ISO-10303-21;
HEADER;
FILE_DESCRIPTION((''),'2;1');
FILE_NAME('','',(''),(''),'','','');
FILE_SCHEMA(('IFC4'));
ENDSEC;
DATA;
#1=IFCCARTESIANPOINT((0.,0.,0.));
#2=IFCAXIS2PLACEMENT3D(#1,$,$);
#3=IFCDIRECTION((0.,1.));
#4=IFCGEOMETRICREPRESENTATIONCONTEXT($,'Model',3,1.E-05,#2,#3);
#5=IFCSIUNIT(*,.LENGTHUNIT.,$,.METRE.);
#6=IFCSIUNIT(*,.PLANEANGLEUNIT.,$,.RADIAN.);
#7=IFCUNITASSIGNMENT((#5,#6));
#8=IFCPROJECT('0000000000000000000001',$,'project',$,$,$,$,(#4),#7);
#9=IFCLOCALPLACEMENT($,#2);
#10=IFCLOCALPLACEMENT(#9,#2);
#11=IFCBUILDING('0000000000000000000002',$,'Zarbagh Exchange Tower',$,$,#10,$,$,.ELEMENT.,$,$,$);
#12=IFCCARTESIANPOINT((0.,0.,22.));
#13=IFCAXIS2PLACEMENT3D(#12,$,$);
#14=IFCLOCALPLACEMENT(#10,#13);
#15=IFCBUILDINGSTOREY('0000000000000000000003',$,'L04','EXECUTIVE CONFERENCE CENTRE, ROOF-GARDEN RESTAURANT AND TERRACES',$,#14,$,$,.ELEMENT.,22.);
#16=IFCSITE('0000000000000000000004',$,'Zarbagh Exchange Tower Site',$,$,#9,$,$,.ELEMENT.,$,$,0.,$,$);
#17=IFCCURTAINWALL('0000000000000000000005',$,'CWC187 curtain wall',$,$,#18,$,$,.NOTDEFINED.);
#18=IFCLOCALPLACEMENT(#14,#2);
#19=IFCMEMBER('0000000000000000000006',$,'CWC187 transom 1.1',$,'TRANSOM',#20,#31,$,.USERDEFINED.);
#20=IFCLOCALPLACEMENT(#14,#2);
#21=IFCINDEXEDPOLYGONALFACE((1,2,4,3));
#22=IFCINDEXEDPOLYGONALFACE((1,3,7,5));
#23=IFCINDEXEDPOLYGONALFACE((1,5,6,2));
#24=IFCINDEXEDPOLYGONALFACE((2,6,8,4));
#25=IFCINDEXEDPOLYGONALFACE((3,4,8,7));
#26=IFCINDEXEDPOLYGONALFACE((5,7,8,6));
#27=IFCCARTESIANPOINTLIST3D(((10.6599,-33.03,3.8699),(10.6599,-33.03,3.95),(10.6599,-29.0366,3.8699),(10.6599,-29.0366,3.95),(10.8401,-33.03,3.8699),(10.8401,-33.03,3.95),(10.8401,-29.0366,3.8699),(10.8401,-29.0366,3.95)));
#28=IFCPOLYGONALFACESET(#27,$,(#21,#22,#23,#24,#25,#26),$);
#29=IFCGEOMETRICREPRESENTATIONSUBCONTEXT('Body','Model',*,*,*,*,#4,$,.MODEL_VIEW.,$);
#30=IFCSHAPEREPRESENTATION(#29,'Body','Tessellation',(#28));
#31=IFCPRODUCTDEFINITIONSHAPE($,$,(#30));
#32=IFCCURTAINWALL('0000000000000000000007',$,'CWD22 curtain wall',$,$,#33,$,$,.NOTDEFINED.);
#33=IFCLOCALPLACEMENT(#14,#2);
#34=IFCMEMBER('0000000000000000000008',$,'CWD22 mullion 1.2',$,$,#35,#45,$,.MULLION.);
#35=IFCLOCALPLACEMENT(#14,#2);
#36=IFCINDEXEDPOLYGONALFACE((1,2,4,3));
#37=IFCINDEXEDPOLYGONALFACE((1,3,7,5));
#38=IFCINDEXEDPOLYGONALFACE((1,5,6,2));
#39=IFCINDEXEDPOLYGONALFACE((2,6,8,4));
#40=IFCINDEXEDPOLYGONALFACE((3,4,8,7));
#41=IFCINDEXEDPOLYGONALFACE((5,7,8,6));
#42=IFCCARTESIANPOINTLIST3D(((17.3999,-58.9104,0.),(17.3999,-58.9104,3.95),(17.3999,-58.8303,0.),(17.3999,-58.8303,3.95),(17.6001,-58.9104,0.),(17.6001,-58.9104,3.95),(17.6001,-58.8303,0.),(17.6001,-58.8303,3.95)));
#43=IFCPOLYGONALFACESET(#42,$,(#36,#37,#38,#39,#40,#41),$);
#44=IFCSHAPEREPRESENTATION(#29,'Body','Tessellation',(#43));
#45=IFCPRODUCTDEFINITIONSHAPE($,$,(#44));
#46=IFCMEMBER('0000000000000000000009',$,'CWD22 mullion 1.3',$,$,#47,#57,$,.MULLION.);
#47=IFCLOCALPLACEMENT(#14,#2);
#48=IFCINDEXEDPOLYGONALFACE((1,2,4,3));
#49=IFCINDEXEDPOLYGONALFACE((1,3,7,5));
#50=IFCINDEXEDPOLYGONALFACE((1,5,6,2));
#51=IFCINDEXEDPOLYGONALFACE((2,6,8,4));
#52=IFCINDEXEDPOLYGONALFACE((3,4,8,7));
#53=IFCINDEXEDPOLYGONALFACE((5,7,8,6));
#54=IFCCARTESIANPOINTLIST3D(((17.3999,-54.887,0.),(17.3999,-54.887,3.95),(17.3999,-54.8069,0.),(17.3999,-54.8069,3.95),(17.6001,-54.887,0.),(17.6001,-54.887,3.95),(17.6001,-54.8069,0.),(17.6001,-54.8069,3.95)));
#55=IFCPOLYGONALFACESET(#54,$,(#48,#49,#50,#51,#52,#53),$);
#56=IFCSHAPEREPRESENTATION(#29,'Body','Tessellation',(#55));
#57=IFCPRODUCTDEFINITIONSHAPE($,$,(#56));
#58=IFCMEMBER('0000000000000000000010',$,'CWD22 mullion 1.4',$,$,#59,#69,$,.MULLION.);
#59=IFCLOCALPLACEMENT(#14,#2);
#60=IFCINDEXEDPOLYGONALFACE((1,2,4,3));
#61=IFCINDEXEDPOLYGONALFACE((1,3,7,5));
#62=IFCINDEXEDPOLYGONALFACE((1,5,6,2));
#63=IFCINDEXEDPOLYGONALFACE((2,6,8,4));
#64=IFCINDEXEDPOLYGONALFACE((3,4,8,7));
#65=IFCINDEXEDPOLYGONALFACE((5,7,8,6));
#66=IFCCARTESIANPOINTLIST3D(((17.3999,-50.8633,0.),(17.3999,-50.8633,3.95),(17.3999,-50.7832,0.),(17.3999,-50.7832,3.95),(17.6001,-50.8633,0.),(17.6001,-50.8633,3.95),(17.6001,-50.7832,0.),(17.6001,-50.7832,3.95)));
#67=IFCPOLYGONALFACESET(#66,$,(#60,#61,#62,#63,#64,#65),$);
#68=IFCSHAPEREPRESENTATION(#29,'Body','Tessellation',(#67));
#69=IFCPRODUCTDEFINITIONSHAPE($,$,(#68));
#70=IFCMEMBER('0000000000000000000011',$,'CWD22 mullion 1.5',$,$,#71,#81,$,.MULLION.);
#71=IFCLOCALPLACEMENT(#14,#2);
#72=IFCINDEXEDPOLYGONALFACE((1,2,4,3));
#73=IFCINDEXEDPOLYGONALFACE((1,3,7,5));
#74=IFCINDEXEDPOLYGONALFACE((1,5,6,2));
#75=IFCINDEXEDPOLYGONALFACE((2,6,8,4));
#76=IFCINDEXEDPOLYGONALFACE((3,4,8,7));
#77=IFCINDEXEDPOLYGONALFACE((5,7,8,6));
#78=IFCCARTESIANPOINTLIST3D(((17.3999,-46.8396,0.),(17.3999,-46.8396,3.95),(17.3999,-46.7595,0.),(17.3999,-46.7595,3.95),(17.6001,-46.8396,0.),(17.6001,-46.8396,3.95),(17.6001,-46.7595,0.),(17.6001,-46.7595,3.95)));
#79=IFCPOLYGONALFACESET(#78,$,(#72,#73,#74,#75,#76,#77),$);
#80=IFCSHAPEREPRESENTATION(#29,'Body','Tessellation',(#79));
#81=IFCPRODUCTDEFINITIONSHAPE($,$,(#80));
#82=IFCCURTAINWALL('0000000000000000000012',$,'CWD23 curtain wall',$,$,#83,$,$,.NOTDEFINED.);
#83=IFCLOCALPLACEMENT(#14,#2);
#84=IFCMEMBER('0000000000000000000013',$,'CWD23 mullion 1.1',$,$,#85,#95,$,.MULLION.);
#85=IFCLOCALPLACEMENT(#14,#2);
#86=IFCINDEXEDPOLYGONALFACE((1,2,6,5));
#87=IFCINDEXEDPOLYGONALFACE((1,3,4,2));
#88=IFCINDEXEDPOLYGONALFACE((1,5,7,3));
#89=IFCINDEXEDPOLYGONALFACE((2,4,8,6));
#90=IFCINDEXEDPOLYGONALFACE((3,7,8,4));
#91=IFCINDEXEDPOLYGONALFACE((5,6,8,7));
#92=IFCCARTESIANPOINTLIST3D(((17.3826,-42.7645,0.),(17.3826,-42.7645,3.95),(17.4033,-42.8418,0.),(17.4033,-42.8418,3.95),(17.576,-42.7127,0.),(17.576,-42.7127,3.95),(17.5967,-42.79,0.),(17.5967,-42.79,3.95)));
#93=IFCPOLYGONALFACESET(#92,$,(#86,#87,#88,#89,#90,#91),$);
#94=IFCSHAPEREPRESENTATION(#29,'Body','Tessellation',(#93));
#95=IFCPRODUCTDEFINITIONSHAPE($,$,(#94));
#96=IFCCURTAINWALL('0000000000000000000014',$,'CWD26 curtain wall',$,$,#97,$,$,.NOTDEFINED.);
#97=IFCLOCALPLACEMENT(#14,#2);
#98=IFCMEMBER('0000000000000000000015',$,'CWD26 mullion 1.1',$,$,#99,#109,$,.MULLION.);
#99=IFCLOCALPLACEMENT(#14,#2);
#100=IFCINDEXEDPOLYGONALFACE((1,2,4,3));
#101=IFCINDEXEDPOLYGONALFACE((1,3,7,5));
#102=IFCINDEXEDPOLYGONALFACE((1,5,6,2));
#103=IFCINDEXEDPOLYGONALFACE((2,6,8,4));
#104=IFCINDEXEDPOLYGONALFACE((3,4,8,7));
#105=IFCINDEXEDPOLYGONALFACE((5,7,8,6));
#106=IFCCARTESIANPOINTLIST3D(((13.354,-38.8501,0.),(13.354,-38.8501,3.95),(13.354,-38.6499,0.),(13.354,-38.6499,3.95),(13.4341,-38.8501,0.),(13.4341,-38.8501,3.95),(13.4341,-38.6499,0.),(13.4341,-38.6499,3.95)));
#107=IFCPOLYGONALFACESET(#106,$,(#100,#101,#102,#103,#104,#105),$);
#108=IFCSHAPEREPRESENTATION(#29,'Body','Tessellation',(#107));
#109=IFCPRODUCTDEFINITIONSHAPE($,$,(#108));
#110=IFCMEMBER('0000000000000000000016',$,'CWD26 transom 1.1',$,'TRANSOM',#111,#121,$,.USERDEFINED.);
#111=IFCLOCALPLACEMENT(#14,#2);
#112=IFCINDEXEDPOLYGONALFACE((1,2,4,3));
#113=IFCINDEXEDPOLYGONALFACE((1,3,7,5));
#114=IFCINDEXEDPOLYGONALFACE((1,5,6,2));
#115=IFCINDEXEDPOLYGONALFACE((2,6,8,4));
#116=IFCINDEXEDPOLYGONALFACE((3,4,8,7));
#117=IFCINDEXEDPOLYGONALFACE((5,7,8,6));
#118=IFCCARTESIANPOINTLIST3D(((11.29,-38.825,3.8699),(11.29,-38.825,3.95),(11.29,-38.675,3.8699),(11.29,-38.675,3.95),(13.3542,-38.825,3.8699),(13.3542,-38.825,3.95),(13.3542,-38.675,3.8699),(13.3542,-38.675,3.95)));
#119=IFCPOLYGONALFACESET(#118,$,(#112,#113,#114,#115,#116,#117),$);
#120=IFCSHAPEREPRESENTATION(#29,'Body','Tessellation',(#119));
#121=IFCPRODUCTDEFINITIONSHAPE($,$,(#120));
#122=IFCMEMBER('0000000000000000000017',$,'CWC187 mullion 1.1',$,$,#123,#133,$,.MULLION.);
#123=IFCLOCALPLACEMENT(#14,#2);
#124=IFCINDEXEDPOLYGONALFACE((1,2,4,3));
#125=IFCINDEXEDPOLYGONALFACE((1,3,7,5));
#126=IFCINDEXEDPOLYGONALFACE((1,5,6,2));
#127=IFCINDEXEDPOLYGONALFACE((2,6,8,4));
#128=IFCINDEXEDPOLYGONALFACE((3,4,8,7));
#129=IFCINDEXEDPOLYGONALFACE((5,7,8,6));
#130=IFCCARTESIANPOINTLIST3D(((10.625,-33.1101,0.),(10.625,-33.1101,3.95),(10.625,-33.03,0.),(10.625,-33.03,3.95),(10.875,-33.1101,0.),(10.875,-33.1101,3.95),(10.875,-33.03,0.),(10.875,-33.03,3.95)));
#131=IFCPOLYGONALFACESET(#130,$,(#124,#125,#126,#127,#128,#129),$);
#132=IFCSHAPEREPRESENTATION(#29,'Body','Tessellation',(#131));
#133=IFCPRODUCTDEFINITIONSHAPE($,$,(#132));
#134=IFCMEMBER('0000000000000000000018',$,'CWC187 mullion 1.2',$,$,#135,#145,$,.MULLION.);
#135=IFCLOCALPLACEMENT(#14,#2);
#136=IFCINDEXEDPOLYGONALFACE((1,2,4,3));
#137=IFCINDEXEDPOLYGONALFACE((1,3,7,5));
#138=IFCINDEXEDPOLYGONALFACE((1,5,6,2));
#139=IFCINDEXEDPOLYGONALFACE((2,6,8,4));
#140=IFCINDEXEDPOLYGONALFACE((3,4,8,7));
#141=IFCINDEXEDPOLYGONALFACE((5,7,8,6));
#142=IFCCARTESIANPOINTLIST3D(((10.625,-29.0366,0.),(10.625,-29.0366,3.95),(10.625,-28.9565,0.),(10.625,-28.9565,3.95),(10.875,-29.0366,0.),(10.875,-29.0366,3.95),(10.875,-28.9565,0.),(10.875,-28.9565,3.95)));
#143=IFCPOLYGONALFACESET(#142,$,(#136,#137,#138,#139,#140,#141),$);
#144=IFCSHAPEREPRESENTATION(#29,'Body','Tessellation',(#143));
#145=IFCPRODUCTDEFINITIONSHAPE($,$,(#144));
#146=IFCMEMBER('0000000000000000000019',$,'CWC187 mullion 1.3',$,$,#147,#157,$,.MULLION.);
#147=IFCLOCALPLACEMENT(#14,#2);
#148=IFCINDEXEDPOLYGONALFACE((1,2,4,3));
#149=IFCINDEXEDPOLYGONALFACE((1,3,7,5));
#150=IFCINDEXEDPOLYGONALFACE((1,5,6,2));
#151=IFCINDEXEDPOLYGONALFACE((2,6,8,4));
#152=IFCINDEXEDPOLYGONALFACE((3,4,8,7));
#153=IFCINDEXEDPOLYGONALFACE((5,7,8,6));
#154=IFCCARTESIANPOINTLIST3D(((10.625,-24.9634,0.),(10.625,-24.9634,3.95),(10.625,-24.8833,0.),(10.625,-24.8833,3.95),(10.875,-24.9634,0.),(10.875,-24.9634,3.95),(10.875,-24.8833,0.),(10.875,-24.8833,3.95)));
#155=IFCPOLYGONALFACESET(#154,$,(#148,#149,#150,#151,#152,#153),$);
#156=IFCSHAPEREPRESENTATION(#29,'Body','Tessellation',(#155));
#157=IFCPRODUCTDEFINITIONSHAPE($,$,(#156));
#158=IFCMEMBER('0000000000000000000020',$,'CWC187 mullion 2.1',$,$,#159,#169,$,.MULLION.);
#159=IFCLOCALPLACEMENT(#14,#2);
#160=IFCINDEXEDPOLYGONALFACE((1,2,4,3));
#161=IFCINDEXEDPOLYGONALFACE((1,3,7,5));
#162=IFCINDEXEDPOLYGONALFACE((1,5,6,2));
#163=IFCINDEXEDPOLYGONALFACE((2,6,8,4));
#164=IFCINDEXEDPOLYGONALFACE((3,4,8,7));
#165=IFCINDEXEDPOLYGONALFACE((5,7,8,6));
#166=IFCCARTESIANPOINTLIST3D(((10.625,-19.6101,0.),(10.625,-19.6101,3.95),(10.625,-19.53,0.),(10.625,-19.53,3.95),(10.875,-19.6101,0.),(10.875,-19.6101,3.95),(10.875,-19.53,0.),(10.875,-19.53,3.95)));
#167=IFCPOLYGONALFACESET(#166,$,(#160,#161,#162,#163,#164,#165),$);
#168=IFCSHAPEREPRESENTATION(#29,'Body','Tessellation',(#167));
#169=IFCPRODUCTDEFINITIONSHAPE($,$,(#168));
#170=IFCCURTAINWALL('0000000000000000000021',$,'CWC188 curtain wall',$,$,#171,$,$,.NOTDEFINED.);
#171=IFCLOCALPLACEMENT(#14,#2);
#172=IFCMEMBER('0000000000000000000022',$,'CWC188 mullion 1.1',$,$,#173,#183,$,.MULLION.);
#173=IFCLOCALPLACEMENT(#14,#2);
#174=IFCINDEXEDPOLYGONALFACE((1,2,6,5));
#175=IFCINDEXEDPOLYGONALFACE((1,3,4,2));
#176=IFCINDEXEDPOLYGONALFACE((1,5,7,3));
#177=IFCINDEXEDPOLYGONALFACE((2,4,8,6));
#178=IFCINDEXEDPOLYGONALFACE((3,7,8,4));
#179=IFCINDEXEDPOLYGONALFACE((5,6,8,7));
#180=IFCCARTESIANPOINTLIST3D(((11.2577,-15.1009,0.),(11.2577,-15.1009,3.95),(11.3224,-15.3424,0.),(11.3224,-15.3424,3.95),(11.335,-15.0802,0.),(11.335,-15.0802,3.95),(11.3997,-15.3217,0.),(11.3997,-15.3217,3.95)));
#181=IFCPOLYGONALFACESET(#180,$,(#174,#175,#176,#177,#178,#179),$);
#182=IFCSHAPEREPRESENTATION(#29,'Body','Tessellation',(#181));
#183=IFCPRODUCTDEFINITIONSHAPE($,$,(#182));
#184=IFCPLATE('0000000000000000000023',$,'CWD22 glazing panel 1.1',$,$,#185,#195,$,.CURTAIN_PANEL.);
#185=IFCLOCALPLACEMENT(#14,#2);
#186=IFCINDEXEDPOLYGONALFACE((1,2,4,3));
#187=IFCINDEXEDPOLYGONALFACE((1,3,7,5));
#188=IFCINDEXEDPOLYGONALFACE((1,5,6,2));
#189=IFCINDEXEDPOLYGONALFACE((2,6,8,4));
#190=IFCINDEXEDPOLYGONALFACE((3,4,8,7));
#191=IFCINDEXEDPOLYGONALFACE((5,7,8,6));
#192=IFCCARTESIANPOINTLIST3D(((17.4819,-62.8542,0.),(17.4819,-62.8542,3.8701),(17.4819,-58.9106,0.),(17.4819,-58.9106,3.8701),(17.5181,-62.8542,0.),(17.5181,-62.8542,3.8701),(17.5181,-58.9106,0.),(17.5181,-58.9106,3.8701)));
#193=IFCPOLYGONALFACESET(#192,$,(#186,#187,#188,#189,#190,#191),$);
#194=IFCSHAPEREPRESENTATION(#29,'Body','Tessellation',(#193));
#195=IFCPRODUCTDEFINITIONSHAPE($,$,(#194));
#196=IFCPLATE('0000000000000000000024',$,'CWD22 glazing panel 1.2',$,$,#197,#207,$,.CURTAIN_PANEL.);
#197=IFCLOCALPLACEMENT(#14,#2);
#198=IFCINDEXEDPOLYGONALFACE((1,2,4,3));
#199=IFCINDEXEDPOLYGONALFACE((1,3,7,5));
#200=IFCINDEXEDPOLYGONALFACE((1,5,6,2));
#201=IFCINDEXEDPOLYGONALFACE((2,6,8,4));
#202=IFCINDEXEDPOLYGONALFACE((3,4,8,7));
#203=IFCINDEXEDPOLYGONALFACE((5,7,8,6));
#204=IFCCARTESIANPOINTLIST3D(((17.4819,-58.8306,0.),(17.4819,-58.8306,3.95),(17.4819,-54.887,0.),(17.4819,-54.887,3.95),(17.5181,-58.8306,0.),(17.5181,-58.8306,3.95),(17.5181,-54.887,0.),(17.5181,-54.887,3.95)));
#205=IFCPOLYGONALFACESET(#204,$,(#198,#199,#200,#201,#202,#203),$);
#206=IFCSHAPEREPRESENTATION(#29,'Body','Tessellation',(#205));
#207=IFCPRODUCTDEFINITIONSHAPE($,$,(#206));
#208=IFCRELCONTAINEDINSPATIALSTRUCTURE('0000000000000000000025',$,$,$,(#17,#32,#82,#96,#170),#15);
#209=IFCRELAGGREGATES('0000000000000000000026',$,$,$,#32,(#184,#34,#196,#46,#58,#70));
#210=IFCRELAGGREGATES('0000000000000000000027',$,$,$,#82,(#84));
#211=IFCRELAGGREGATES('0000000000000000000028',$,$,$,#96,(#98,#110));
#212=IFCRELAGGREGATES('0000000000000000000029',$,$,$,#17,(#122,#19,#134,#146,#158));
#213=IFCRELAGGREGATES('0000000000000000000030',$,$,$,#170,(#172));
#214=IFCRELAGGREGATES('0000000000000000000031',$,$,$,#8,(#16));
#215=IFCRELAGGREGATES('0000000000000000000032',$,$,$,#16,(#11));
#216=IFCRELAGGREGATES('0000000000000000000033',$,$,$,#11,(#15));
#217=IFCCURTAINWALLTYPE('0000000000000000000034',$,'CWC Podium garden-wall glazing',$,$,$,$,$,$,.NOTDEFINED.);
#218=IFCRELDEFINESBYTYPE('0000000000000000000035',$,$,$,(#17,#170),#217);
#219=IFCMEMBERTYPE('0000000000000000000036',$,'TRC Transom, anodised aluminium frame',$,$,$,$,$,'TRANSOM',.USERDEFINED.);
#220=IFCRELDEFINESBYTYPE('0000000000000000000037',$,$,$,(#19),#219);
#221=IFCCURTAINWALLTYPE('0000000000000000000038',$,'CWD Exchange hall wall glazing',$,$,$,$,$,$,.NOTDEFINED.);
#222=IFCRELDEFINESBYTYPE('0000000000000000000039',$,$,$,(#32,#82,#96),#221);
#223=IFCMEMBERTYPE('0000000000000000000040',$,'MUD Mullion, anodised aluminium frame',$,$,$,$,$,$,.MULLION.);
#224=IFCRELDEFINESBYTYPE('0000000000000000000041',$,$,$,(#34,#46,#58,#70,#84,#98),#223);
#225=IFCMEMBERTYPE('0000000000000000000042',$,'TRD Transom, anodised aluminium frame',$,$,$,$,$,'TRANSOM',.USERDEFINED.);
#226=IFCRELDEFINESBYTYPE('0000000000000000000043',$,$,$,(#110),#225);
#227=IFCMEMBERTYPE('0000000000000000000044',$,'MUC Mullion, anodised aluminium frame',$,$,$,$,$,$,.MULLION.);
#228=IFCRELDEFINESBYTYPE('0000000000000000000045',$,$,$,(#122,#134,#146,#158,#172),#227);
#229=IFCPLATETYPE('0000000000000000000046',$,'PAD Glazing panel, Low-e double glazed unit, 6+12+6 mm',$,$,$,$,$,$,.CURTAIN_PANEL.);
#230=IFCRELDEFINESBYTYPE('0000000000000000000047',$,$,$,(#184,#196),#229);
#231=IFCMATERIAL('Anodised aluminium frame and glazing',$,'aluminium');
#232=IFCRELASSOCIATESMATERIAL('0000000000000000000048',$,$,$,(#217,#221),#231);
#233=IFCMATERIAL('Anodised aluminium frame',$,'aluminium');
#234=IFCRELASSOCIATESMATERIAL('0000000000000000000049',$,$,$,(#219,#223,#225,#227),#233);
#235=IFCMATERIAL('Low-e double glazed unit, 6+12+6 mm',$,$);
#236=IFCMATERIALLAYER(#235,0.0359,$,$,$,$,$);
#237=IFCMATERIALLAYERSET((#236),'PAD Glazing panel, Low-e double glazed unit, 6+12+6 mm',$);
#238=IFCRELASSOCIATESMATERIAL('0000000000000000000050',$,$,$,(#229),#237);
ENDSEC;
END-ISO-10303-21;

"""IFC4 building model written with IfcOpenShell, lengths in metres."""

from ifc_helpers import new_model, si_unit, direction, frame, origin, place, context, subcontext, project, spatial, polyline, outline, extrude, source, transform, mapped, material, layer, layer_set, type_object, element, aggregate, save


model = new_model("IFC4")

# Units and contexts
model_context = context("Model", 3, precision=1e-05, world=origin(), true_north=direction((0.0, 1.0)))
body_context = subcontext(model_context, "Body", "Model", "MODEL_VIEW")
ifc_project = project(units=[si_unit("LENGTHUNIT", "METRE"), si_unit("PLANEANGLEUNIT", "RADIAN")], contexts=[model_context])

# Site, building, storey
site_placement = place(None, origin())
site = spatial("IfcSite", under=ifc_project, at=site_placement, Name="Zarbagh Exchange Tower Site", CompositionType="ELEMENT", RefElevation=0.0)
building_placement = place(site_placement, origin())
building = spatial("IfcBuilding", under=site, at=building_placement, Name="Zarbagh Exchange Tower", CompositionType="ELEMENT")
storey_placement = place(building_placement, frame((0.0, 0.0, 22.0)))
storey = spatial("IfcBuildingStorey", under=building, at=storey_placement, Name="L04", Description="EXECUTIVE CONFERENCE CENTRE, ROOF-GARDEN RESTAURANT AND TERRACES", CompositionType="ELEMENT", Elevation=22.0)

# Curtain wall, member
ifc_material_1 = material(Name="Anodised aluminium frame and glazing", Category="aluminium")
curtain_wall_type_1 = type_object("IfcCurtainWallType", Name="CWC Podium garden-wall glazing", PredefinedType="NOTDEFINED", material=ifc_material_1)
curtain_wall_1_placement = place(storey_placement, origin())
curtain_wall_1 = element("IfcCurtainWall", 1, at=curtain_wall_1_placement, inside=storey, type_object=curtain_wall_type_1, Name="CWC187 curtain wall", PredefinedType="NOTDEFINED")
ifc_material_2 = material(Name="Anodised aluminium frame", Category="aluminium")
member_type_1 = type_object("IfcMemberType", Name="TRC Transom, anodised aluminium frame", ElementType="TRANSOM", PredefinedType="USERDEFINED", material=ifc_material_2)
shared_shape_1 = source(origin(), body_context, "Body", "SweptSolid", [
    extrude(outline(polyline([(-0.0801, -0.0901), (0.0, -0.0901), (0.0, 0.0901), (-0.0801, 0.0901), (-0.0801, -0.0901)])), origin(), (0.0, 0.0, 1.0), 3.9934),
])
placement = place(storey_placement, origin())
member_1 = element("IfcMember", 2, at=placement, type_object=member_type_1, Name="CWC187 transom 1.1", ObjectType="TRANSOM", PredefinedType="USERDEFINED", context=body_context, shape_type="MappedRepresentation", body=[
    mapped(shared_shape_1, transform((10.75, -33.03, 3.95), x_axis=(0.0, 0.0, 1.0), y_axis=(1.0, 0.0, 0.0), z_axis=(0.0, 1.0, 0.0))),
])

# Curtain wall, members
curtain_wall_type_2 = type_object("IfcCurtainWallType", Name="CWD Exchange hall wall glazing", PredefinedType="NOTDEFINED", material=ifc_material_1)
curtain_wall_2_placement = place(storey_placement, origin())
curtain_wall_2 = element("IfcCurtainWall", 3, at=curtain_wall_2_placement, inside=storey, type_object=curtain_wall_type_2, Name="CWD22 curtain wall", PredefinedType="NOTDEFINED")
member_type_2 = type_object("IfcMemberType", Name="MUD Mullion, anodised aluminium frame", PredefinedType="MULLION", material=ifc_material_2)
shared_shape_2 = source(origin(), body_context, "Body", "SweptSolid", [
    extrude(outline(polyline([(0.0, -0.1001), (0.0801, -0.1001), (0.0801, 0.1001), (0.0, 0.1001), (0.0, -0.1001)])), origin(), (0.0, 0.0, 1.0), 3.95),
])
member_2 = element("IfcMember", 4, at=placement, type_object=member_type_2, Name="CWD22 mullion 1.2", PredefinedType="MULLION", context=body_context, shape_type="MappedRepresentation", body=[
    mapped(shared_shape_2, transform((17.5, -58.9104, 0.0), x_axis=(0.0, 1.0, 0.0), y_axis=(-1.0, 0.0, 0.0), z_axis=(0.0, 0.0, 1.0))),
])
member_3 = element("IfcMember", 5, at=placement, type_object=member_type_2, Name="CWD22 mullion 1.3", PredefinedType="MULLION", context=body_context, shape_type="MappedRepresentation", body=[
    mapped(shared_shape_2, transform((17.5, -54.887, 0.0), x_axis=(0.0, 1.0, 0.0), y_axis=(-1.0, 0.0, 0.0), z_axis=(0.0, 0.0, 1.0))),
])
member_4 = element("IfcMember", 6, at=placement, type_object=member_type_2, Name="CWD22 mullion 1.4", PredefinedType="MULLION", context=body_context, shape_type="MappedRepresentation", body=[
    mapped(shared_shape_2, transform((17.5, -50.8633, 0.0), x_axis=(0.0, 1.0, 0.0), y_axis=(-1.0, 0.0, 0.0), z_axis=(0.0, 0.0, 1.0))),
])
member_5 = element("IfcMember", 7, at=placement, type_object=member_type_2, Name="CWD22 mullion 1.5", PredefinedType="MULLION", context=body_context, shape_type="MappedRepresentation", body=[
    mapped(shared_shape_2, transform((17.5, -46.8396, 0.0), x_axis=(0.0, 1.0, 0.0), y_axis=(-1.0, 0.0, 0.0), z_axis=(0.0, 0.0, 1.0))),
])

# Curtain wall, member
curtain_wall_3_placement = place(storey_placement, origin())
curtain_wall_3 = element("IfcCurtainWall", 8, at=curtain_wall_3_placement, inside=storey, type_object=curtain_wall_type_2, Name="CWD23 curtain wall", PredefinedType="NOTDEFINED")
member_6 = element("IfcMember", 9, at=placement, type_object=member_type_2, Name="CWD23 mullion 1.1", PredefinedType="MULLION", context=body_context, shape_type="MappedRepresentation", body=[
    mapped(shared_shape_2, transform((17.5, -42.8159, 0.0), x_axis=(-0.258825, 0.965924, 0.0), y_axis=(-0.965924, -0.258825, 0.0), z_axis=(0.0, 0.0, 1.0))),
])

# Curtain wall, members
curtain_wall_4_placement = place(storey_placement, origin())
curtain_wall_4 = element("IfcCurtainWall", 10, at=curtain_wall_4_placement, inside=storey, type_object=curtain_wall_type_2, Name="CWD26 curtain wall", PredefinedType="NOTDEFINED")
member_7 = element("IfcMember", 11, at=placement, type_object=member_type_2, Name="CWD26 mullion 1.1", PredefinedType="MULLION", context=body_context, shape_type="MappedRepresentation", body=[
    mapped(shared_shape_2, transform((13.4341, -38.75, 0.0), x_axis=(-1.0, 0.0, 0.0), y_axis=(0.0, -1.0, 0.0), z_axis=(0.0, 0.0, 1.0))),
])
member_type_3 = type_object("IfcMemberType", Name="TRD Transom, anodised aluminium frame", ElementType="TRANSOM", PredefinedType="USERDEFINED", material=ifc_material_2)
shared_shape_3 = source(origin(), body_context, "Body", "SweptSolid", [
    extrude(outline(polyline([(-0.0801, -0.075), (0.0, -0.075), (0.0, 0.075), (-0.0801, 0.075), (-0.0801, -0.075)])), origin(), (0.0, 0.0, 1.0), 2.0642),
])
member_8 = element("IfcMember", 12, at=placement, type_object=member_type_3, Name="CWD26 transom 1.1", ObjectType="TRANSOM", PredefinedType="USERDEFINED", context=body_context, shape_type="MappedRepresentation", body=[
    mapped(shared_shape_3, transform((13.3542, -38.75, 3.95), x_axis=(0.0, 0.0, 1.0), y_axis=(0.0, 1.0, 0.0), z_axis=(-1.0, 0.0, 0.0))),
])

# Members
member_type_4 = type_object("IfcMemberType", Name="MUC Mullion, anodised aluminium frame", PredefinedType="MULLION", material=ifc_material_2)
shared_shape_4 = source(origin(), body_context, "Body", "SweptSolid", [
    extrude(outline(polyline([(0.0, -0.125), (0.0801, -0.125), (0.0801, 0.125), (0.0, 0.125), (0.0, -0.125)])), origin(), (0.0, 0.0, 1.0), 3.95),
])
member_9 = element("IfcMember", 13, at=placement, type_object=member_type_4, Name="CWC187 mullion 1.1", PredefinedType="MULLION", context=body_context, shape_type="MappedRepresentation", body=[
    mapped(shared_shape_4, transform((10.75, -33.1101, 0.0), x_axis=(0.0, 1.0, 0.0), y_axis=(-1.0, 0.0, 0.0), z_axis=(0.0, 0.0, 1.0))),
])
member_10 = element("IfcMember", 14, at=placement, type_object=member_type_4, Name="CWC187 mullion 1.2", PredefinedType="MULLION", context=body_context, shape_type="MappedRepresentation", body=[
    mapped(shared_shape_4, transform((10.75, -29.0366, 0.0), x_axis=(0.0, 1.0, 0.0), y_axis=(-1.0, 0.0, 0.0), z_axis=(0.0, 0.0, 1.0))),
])
member_11 = element("IfcMember", 15, at=placement, type_object=member_type_4, Name="CWC187 mullion 1.3", PredefinedType="MULLION", context=body_context, shape_type="MappedRepresentation", body=[
    mapped(shared_shape_4, transform((10.75, -24.9634, 0.0), x_axis=(0.0, 1.0, 0.0), y_axis=(-1.0, 0.0, 0.0), z_axis=(0.0, 0.0, 1.0))),
])
member_12 = element("IfcMember", 16, at=placement, type_object=member_type_4, Name="CWC187 mullion 2.1", PredefinedType="MULLION", context=body_context, shape_type="MappedRepresentation", body=[
    mapped(shared_shape_4, transform((10.75, -19.6101, 0.0), x_axis=(0.0, 1.0, 0.0), y_axis=(-1.0, 0.0, 0.0), z_axis=(0.0, 0.0, 1.0))),
])

# Curtain wall, member
curtain_wall_5_placement = place(storey_placement, origin())
curtain_wall_5 = element("IfcCurtainWall", 17, at=curtain_wall_5_placement, inside=storey, type_object=curtain_wall_type_1, Name="CWC188 curtain wall", PredefinedType="NOTDEFINED")
member_13 = element("IfcMember", 18, at=placement, type_object=member_type_4, Name="CWC188 mullion 1.1", PredefinedType="MULLION", context=body_context, shape_type="MappedRepresentation", body=[
    mapped(shared_shape_4, transform((11.29, -15.2217, 0.0), x_axis=(0.965924, 0.258825, 0.0), y_axis=(-0.258825, 0.965924, 0.0), z_axis=(0.0, 0.0, 1.0))),
])

# Plates
ifc_material_3 = material(Name="Low-e double glazed unit, 6+12+6 mm")
ifc_layer_1 = layer(ifc_material_3, 0.0359)
ifc_layer_set_1 = layer_set([ifc_layer_1], Name="PAD Glazing panel, Low-e double glazed unit, 6+12+6 mm")
plate_type_1 = type_object("IfcPlateType", Name="PAD Glazing panel, Low-e double glazed unit, 6+12+6 mm", PredefinedType="CURTAIN_PANEL", material=ifc_layer_set_1)
shared_shape_5 = source(origin(), body_context, "Body", "SweptSolid", [
    extrude(outline(polyline([(0.0, -0.0181), (3.9436, -0.0181), (3.9436, 0.0181), (0.0, 0.0181), (0.0, -0.0181)])), origin(), (0.0, 0.0, 1.0), 3.8701),
])
plate_1 = element("IfcPlate", 19, at=placement, type_object=plate_type_1, Name="CWD22 glazing panel 1.1", PredefinedType="CURTAIN_PANEL", context=body_context, shape_type="MappedRepresentation", body=[
    mapped(shared_shape_5, transform((17.5, -62.8542, 0.0), x_axis=(0.0, 1.0, 0.0), y_axis=(-1.0, 0.0, 0.0), z_axis=(0.0, 0.0, 1.0))),
])
shared_shape_6 = source(origin(), body_context, "Body", "SweptSolid", [
    extrude(outline(polyline([(0.0, -0.0181), (3.9436, -0.0181), (3.9436, 0.0181), (0.0, 0.0181), (0.0, -0.0181)])), origin(), (0.0, 0.0, 1.0), 3.95),
])
plate_2 = element("IfcPlate", 20, at=placement, type_object=plate_type_1, Name="CWD22 glazing panel 1.2", PredefinedType="CURTAIN_PANEL", context=body_context, shape_type="MappedRepresentation", body=[
    mapped(shared_shape_6, transform((17.5, -58.8306, 0.0), x_axis=(0.0, 1.0, 0.0), y_axis=(-1.0, 0.0, 0.0), z_axis=(0.0, 0.0, 1.0))),
])
aggregate(curtain_wall_2, [plate_1, member_2, plate_2, member_3, member_4, member_5])
aggregate(curtain_wall_3, [member_6])

aggregate(curtain_wall_4, [member_7, member_8])
aggregate(curtain_wall_1, [member_9, member_1, member_10, member_11, member_12])
aggregate(curtain_wall_5, [member_13])

save(model, "model.ifc")
